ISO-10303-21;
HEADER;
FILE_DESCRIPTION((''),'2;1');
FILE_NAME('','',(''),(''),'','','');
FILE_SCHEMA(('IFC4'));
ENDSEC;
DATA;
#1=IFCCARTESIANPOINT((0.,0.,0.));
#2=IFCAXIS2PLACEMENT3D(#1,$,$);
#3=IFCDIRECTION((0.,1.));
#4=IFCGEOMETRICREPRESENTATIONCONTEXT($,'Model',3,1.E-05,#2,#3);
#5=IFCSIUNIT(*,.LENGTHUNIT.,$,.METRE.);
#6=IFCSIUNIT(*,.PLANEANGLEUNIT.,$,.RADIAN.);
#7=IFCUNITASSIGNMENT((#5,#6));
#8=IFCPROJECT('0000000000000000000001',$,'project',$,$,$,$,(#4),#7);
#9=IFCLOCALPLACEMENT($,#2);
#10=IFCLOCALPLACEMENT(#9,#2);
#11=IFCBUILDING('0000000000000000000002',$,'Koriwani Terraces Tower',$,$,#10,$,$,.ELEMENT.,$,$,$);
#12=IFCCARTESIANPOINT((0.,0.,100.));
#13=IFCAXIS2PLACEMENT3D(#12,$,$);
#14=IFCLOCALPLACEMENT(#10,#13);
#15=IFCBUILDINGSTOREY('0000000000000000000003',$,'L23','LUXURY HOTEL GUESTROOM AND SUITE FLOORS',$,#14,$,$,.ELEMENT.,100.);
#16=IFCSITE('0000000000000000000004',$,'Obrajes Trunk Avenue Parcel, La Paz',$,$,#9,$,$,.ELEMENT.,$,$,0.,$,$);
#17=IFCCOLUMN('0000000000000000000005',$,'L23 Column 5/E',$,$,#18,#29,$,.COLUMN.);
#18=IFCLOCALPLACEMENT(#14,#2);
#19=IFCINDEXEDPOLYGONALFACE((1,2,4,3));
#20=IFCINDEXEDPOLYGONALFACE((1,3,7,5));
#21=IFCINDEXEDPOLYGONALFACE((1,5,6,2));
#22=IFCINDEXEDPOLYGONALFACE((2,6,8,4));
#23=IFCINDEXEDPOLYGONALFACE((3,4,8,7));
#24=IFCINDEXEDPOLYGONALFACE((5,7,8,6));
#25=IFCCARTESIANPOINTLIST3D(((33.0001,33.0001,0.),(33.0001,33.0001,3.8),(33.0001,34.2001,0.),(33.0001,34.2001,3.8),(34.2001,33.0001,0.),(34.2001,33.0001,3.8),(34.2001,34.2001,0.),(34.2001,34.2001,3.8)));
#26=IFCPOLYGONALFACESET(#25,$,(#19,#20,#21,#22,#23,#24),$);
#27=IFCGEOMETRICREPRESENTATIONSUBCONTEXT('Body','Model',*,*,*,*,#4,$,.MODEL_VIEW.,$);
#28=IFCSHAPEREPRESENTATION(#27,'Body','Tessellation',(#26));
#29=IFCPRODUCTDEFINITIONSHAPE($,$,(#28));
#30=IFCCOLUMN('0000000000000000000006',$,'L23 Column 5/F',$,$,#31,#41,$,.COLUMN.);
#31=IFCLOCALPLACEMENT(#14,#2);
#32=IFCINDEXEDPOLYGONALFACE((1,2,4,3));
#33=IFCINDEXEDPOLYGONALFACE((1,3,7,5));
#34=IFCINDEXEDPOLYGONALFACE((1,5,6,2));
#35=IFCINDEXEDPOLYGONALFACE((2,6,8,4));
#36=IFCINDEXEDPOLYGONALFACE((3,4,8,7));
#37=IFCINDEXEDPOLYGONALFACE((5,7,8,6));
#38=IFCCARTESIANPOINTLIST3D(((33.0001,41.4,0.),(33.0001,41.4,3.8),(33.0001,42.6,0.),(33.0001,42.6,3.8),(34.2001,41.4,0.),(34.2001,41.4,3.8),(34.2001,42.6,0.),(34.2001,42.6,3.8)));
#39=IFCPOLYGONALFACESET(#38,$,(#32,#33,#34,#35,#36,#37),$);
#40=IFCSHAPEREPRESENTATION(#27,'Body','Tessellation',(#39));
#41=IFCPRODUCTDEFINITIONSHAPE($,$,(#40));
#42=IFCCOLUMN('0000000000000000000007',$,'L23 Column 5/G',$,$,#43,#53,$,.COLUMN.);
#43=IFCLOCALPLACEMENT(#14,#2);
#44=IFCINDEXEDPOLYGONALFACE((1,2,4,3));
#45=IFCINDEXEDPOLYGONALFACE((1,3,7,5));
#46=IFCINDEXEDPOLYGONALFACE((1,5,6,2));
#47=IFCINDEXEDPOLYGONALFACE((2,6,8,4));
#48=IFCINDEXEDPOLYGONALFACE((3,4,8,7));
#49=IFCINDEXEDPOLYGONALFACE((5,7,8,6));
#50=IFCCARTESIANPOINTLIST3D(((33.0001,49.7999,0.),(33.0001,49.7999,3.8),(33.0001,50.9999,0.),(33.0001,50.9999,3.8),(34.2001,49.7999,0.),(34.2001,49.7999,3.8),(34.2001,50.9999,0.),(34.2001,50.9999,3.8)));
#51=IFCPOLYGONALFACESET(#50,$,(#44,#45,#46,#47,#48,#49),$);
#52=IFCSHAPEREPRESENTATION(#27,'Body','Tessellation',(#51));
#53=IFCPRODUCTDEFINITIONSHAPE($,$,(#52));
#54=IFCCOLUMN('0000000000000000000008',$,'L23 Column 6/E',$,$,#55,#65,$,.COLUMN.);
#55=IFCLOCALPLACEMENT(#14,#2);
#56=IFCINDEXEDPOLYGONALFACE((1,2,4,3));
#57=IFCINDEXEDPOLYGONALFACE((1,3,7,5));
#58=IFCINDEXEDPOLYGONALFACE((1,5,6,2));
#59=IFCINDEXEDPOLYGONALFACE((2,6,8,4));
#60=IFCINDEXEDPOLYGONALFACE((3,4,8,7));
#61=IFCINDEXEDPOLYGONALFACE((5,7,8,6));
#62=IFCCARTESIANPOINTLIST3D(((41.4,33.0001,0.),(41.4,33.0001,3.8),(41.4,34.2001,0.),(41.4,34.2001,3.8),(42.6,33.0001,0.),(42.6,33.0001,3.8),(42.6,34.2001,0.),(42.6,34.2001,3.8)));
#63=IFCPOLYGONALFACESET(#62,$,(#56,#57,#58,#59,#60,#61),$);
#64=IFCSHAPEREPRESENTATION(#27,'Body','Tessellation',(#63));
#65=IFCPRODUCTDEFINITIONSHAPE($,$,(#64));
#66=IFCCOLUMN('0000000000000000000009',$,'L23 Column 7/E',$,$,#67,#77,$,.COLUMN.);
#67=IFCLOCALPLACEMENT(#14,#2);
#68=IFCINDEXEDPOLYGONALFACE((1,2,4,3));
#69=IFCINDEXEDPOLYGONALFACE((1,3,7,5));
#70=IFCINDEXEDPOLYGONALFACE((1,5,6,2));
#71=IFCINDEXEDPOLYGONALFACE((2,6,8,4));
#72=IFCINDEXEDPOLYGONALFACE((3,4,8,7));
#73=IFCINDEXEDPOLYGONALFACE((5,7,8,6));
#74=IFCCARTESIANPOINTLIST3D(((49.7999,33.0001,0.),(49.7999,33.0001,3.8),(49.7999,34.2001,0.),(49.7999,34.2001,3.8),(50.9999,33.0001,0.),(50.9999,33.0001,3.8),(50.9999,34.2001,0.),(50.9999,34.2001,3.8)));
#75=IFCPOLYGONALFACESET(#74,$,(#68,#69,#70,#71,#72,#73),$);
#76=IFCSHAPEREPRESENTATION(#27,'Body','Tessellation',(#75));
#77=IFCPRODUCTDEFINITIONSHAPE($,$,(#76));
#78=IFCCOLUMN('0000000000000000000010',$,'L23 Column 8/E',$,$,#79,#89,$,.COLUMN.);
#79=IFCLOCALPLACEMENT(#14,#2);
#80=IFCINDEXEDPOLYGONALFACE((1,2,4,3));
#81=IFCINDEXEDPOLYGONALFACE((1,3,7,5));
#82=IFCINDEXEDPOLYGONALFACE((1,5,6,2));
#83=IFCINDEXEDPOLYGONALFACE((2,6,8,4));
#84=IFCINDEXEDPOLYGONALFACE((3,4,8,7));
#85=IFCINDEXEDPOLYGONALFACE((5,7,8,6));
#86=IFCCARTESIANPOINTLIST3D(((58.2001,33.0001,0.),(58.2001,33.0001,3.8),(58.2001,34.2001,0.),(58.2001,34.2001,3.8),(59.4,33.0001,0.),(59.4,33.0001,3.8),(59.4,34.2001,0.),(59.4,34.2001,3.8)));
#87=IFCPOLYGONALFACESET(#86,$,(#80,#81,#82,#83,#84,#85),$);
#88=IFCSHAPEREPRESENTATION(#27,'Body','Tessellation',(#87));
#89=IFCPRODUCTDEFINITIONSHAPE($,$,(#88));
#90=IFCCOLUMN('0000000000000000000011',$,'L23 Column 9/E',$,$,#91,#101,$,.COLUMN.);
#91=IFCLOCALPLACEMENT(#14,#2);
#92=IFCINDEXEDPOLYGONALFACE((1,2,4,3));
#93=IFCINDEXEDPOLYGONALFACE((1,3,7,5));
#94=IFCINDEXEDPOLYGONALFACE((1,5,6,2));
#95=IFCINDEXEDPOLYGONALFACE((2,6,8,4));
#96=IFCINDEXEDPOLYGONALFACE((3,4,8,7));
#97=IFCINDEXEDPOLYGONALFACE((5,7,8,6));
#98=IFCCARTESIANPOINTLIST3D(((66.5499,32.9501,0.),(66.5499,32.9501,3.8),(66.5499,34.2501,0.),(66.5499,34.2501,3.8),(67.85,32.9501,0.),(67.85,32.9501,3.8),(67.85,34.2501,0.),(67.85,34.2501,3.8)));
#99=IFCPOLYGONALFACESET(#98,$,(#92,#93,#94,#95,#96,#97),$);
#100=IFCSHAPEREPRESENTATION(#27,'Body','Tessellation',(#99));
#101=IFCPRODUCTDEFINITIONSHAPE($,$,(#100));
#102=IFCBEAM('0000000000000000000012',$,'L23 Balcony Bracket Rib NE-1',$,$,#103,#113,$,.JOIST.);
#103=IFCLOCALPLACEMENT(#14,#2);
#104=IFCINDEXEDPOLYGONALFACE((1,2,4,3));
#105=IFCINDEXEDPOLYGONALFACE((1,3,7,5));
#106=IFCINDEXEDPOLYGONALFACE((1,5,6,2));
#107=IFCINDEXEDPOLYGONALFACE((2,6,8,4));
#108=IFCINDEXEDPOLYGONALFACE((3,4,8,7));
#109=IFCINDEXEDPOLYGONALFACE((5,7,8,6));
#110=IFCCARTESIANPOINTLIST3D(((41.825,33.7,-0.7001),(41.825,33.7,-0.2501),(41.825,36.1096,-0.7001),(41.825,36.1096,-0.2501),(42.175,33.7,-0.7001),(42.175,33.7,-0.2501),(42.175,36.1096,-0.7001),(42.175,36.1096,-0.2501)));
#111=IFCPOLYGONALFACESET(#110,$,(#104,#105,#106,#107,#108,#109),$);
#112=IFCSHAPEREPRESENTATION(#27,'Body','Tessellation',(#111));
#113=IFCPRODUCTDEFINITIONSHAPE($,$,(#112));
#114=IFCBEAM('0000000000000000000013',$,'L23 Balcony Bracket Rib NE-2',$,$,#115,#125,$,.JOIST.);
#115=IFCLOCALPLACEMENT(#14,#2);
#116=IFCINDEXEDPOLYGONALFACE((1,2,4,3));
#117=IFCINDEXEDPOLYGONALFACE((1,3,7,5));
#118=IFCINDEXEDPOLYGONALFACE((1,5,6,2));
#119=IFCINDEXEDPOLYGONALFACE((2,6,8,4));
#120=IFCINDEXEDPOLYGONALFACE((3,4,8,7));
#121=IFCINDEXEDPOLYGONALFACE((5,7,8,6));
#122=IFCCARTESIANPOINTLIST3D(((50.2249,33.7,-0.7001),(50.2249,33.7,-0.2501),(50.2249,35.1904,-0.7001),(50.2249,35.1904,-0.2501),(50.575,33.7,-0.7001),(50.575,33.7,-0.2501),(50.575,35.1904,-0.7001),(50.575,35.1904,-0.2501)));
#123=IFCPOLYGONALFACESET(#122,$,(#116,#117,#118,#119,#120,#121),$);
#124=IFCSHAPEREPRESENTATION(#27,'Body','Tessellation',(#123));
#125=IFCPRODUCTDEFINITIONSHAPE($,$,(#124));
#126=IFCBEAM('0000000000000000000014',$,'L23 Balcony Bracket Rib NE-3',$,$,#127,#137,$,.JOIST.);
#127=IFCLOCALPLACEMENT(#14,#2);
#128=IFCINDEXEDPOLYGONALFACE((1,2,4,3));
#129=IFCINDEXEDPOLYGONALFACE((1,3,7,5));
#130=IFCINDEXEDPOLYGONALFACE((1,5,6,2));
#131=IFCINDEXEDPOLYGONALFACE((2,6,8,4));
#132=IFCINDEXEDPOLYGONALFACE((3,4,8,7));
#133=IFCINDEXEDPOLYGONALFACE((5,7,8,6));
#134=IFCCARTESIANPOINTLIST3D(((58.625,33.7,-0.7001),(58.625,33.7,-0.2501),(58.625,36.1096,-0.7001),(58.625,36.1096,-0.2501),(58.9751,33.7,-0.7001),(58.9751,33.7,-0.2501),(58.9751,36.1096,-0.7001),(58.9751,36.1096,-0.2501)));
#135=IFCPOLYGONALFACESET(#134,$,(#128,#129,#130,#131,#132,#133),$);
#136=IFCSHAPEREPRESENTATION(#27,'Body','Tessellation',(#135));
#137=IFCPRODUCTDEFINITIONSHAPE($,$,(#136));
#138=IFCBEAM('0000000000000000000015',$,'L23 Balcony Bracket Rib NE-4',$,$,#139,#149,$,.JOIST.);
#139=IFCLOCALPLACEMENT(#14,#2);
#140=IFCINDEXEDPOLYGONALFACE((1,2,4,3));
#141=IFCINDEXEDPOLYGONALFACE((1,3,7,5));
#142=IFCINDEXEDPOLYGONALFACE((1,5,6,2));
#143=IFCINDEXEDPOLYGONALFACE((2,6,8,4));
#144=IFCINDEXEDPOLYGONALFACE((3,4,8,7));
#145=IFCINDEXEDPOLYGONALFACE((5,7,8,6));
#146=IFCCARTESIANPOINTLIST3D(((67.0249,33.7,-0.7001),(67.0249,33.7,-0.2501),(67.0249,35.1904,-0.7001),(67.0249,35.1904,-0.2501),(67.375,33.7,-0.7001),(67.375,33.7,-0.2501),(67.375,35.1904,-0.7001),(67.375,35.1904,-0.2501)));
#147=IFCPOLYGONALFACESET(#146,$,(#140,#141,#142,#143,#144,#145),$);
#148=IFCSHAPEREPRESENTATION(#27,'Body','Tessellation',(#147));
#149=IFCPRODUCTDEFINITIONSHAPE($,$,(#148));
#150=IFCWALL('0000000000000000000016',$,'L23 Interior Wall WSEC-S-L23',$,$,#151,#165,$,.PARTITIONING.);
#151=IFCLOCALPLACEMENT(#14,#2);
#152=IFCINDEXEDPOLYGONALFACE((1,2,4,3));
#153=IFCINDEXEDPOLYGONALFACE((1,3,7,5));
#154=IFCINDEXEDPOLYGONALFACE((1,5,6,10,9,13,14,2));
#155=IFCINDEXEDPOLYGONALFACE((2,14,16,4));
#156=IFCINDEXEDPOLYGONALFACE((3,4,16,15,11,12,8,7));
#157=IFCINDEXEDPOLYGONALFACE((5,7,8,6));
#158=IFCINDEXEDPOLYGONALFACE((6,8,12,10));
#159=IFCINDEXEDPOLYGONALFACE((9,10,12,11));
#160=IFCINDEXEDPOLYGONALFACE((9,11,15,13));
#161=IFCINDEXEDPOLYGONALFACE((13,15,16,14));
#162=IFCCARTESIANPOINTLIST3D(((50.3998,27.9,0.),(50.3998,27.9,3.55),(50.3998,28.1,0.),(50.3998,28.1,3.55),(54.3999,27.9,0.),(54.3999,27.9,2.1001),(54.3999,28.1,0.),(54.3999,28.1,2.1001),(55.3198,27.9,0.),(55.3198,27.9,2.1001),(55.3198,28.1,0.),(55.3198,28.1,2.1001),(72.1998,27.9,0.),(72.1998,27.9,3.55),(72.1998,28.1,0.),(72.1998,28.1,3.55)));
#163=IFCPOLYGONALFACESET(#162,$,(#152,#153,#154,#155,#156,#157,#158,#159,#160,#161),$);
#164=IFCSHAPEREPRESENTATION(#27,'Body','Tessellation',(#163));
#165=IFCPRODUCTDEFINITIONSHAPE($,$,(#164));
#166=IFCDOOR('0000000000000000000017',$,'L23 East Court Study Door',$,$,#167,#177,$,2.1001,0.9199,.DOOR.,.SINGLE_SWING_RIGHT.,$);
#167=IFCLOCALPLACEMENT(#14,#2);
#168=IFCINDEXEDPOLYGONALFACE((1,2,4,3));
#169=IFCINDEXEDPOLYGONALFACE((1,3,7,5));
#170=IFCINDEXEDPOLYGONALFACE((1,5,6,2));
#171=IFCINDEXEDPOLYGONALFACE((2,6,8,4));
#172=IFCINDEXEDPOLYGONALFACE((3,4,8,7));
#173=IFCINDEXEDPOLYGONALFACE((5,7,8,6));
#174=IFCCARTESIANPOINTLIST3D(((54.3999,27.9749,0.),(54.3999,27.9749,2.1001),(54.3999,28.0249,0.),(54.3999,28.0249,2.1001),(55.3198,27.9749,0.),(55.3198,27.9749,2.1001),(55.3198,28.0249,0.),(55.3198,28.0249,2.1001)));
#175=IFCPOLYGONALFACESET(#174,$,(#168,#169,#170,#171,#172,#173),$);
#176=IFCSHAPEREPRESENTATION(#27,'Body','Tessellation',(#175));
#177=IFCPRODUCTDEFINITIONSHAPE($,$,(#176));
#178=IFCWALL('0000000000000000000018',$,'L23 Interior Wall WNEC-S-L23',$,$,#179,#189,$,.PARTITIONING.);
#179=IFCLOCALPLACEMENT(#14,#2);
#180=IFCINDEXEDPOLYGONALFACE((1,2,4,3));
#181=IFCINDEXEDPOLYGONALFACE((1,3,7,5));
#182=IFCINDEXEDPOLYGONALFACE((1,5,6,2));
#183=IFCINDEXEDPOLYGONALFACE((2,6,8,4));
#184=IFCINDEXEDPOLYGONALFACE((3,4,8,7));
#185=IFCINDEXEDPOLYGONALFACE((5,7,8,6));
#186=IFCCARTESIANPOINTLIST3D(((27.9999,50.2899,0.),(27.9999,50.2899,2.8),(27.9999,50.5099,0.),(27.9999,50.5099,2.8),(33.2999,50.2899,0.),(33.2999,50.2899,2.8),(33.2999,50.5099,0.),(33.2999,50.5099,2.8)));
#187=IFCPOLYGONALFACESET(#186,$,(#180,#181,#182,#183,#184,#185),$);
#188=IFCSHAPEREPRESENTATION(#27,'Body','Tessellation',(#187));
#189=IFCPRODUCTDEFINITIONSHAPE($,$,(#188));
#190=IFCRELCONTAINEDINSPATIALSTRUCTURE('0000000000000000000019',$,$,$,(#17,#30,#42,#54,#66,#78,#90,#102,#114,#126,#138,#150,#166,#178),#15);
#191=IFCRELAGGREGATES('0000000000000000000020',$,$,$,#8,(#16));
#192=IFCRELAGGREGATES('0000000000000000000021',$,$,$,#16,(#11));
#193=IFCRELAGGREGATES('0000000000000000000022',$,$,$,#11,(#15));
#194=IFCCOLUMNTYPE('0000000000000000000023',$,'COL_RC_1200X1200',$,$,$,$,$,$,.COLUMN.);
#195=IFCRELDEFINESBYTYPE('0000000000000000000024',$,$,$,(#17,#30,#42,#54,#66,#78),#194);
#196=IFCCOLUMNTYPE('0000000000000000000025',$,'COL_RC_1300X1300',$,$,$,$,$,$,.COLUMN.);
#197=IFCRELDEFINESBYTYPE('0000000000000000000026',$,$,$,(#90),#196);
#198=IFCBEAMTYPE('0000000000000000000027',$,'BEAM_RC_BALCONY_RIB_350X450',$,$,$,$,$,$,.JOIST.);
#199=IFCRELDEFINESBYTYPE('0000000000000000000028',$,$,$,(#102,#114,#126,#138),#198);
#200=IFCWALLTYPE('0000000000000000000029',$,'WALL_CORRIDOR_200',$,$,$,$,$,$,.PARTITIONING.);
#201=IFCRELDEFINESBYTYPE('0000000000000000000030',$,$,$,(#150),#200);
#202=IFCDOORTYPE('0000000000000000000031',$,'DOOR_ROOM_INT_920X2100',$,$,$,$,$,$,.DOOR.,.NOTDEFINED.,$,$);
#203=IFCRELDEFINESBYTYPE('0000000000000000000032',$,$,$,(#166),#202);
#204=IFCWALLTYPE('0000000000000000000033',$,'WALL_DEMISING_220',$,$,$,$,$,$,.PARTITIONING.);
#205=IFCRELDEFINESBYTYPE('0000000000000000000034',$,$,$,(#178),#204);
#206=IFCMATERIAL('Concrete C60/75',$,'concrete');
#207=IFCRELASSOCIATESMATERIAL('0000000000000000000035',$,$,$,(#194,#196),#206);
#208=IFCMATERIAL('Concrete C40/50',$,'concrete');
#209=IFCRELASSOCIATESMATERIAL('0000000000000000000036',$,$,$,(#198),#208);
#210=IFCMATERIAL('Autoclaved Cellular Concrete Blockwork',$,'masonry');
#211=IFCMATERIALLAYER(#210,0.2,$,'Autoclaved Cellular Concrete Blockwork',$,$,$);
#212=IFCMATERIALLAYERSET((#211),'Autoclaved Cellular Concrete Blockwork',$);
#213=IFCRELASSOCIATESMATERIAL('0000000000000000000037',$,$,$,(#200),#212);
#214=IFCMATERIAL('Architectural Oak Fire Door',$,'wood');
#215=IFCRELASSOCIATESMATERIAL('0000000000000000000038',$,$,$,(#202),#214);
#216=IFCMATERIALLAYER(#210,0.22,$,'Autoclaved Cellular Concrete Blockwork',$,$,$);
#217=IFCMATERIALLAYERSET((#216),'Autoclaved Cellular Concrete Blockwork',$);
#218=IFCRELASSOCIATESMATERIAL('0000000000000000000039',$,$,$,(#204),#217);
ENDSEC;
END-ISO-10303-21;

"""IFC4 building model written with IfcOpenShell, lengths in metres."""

from ifc_helpers import new_model, si_unit, direction, frame, frame_2d, origin, origin_2d, place, context, subcontext, project, spatial, rectangle, extrude, material, layer, layer_set, material_profile, profile_set, type_object, element, fill, save


model = new_model("IFC4")

# Units and contexts
model_context = context("Model", 3, precision=1e-05, world=origin(), true_north=direction((0.0, 1.0)))
body_context = subcontext(model_context, "Body", "Model", "MODEL_VIEW")
ifc_project = project(units=[si_unit("LENGTHUNIT", "METRE"), si_unit("PLANEANGLEUNIT", "RADIAN")], contexts=[model_context])

# Site, building, storey
site_placement = place(None, origin())
site = spatial("IfcSite", under=ifc_project, at=site_placement, Name="Obrajes Trunk Avenue Parcel, La Paz", CompositionType="ELEMENT", RefElevation=0.0)
building_placement = place(site_placement, origin())
building = spatial("IfcBuilding", under=site, at=building_placement, Name="Koriwani Terraces Tower", CompositionType="ELEMENT")
storey_placement = place(building_placement, frame((0.0, 0.0, 100.0)))
storey = spatial("IfcBuildingStorey", under=building, at=storey_placement, Name="L23", Description="LUXURY HOTEL GUESTROOM AND SUITE FLOORS", CompositionType="ELEMENT", Elevation=100.0)

# Columns
ifc_material_1 = material(Name="Concrete C60/75", Category="concrete")
ifc_material_profile_1 = material_profile(ifc_material_1, rectangle(XDim=1.2, YDim=1.2, at=origin_2d()), Name="Concrete C60/75", Category="LoadBearing")
ifc_profile_set_1 = profile_set([ifc_material_profile_1], Name="Concrete C60/75")
column_type_1 = type_object("IfcColumnType", Name="COL_RC_1200X1200", PredefinedType="COLUMN", material=ifc_profile_set_1)
for number, where, z_axis, x_axis, name in (
    (1, (33.6001, 33.6001, 0.0), (0.0, 0.0, 1.0), (1.0, 0.0, 0.0), "L23 Column 5/E"),
    (2, (33.6001, 42.0, 0.0), (0.0, 0.0, 1.0), (1.0, 0.0, 0.0), "L23 Column 5/F"),
    (3, (33.6001, 50.3999, 0.0), (0.0, 0.0, 1.0), (1.0, 0.0, 0.0), "L23 Column 5/G"),
    (4, (42.0, 33.6001, 0.0), (0.0, 0.0, 1.0), (1.0, 0.0, 0.0), "L23 Column 6/E"),
    (5, (50.3999, 33.6001, 0.0), (0.0, 0.0, 1.0), (1.0, 0.0, 0.0), "L23 Column 7/E"),
    (6, (58.8, 33.6001, 0.0), (0.0, 0.0, 1.0), (1.0, 0.0, 0.0), "L23 Column 8/E"),
):
    element("IfcColumn", number, at=place(storey_placement, frame(where, z_axis=z_axis, x_axis=x_axis)), inside=storey, type_object=column_type_1, Name=name, PredefinedType="COLUMN", context=body_context, shape_type="SweptSolid", body=[
        extrude(rectangle(XDim=1.2, YDim=1.2, at=origin_2d()), origin(), (0.0, 0.0, 1.0), 3.8),
    ])
ifc_material_profile_2 = material_profile(ifc_material_1, rectangle(XDim=1.3, YDim=1.3, at=origin_2d()), Name="Concrete C60/75", Category="LoadBearing")
ifc_profile_set_2 = profile_set([ifc_material_profile_2], Name="Concrete C60/75")
column_type_2 = type_object("IfcColumnType", Name="COL_RC_1300X1300", PredefinedType="COLUMN", material=ifc_profile_set_2)
column_placement = place(storey_placement, frame((67.2, 33.6001, 0.0), z_axis=(0.0, 0.0, 1.0), x_axis=(1.0, 0.0, 0.0)))
element("IfcColumn", 7, at=column_placement, inside=storey, type_object=column_type_2, Name="L23 Column 9/E", PredefinedType="COLUMN", context=body_context, shape_type="SweptSolid", body=[
    extrude(rectangle(XDim=1.3, YDim=1.3, at=origin_2d()), origin(), (0.0, 0.0, 1.0), 3.8),
])

# Beams
ifc_material_2 = material(Name="Concrete C40/50", Category="concrete")
ifc_material_profile_3 = material_profile(ifc_material_2, rectangle(XDim=0.3501, YDim=0.45, at=origin_2d()), Name="Concrete C40/50", Category="LoadBearing")
ifc_profile_set_3 = profile_set([ifc_material_profile_3], Name="Concrete C40/50")
beam_type = type_object("IfcBeamType", Name="BEAM_RC_BALCONY_RIB_350X450", PredefinedType="JOIST", material=ifc_profile_set_3)
beam_1_placement = place(storey_placement, frame((42.0, 33.7, -0.4751), z_axis=(0.0, 1.0, 0.0), x_axis=(-1.0, 0.0, 0.0)))
element("IfcBeam", 8, at=beam_1_placement, inside=storey, type_object=beam_type, Name="L23 Balcony Bracket Rib NE-1", PredefinedType="JOIST", context=body_context, shape_type="SweptSolid", body=[
    extrude(rectangle(XDim=0.3501, YDim=0.45, at=origin_2d()), origin(), (0.0, 0.0, 1.0), 2.4097),
])
beam_2_placement = place(storey_placement, frame((50.3999, 33.7, -0.4751), z_axis=(0.0, 1.0, 0.0), x_axis=(-1.0, 0.0, 0.0)))
element("IfcBeam", 9, at=beam_2_placement, inside=storey, type_object=beam_type, Name="L23 Balcony Bracket Rib NE-2", PredefinedType="JOIST", context=body_context, shape_type="SweptSolid", body=[
    extrude(rectangle(XDim=0.3501, YDim=0.45, at=origin_2d()), origin(), (0.0, 0.0, 1.0), 1.4905),
])
beam_3_placement = place(storey_placement, frame((58.8, 33.7, -0.4751), z_axis=(0.0, 1.0, 0.0), x_axis=(-1.0, 0.0, 0.0)))
element("IfcBeam", 10, at=beam_3_placement, inside=storey, type_object=beam_type, Name="L23 Balcony Bracket Rib NE-3", PredefinedType="JOIST", context=body_context, shape_type="SweptSolid", body=[
    extrude(rectangle(XDim=0.3501, YDim=0.45, at=origin_2d()), origin(), (0.0, 0.0, 1.0), 2.4097),
])
beam_4_placement = place(storey_placement, frame((67.2, 33.7, -0.4751), z_axis=(0.0, 1.0, 0.0), x_axis=(-1.0, 0.0, 0.0)))
element("IfcBeam", 11, at=beam_4_placement, inside=storey, type_object=beam_type, Name="L23 Balcony Bracket Rib NE-4", PredefinedType="JOIST", context=body_context, shape_type="SweptSolid", body=[
    extrude(rectangle(XDim=0.3501, YDim=0.45, at=origin_2d()), origin(), (0.0, 0.0, 1.0), 1.4905),
])

# Wall, opening, door
ifc_material_3 = material(Name="Autoclaved Cellular Concrete Blockwork", Category="masonry")
ifc_layer_1 = layer(ifc_material_3, 0.2, Name="Autoclaved Cellular Concrete Blockwork")
ifc_layer_set_1 = layer_set([ifc_layer_1], Name="Autoclaved Cellular Concrete Blockwork")
wall_type_1 = type_object("IfcWallType", Name="WALL_CORRIDOR_200", PredefinedType="PARTITIONING", material=ifc_layer_set_1)
wall_1_placement = place(storey_placement, frame((50.3999, 28.0, 0.0), z_axis=(0.0, 0.0, 1.0), x_axis=(1.0, 0.0, 0.0)))
wall_1 = element("IfcWall", 12, at=wall_1_placement, inside=storey, type_object=wall_type_1, Name="L23 Interior Wall WSEC-S-L23", PredefinedType="PARTITIONING", context=body_context, shape_type="SweptSolid", body=[
    extrude(rectangle(XDim=21.8, YDim=0.2, at=frame_2d((10.8999, 0.0))), origin(), (0.0, 0.0, 1.0), 3.55),
])
opening_1_placement = place(wall_1_placement, frame((4.0, 0.0, 0.0)))
opening_1 = element("IfcOpeningElement", 13, at=opening_1_placement, cuts=wall_1, PredefinedType="OPENING", context=body_context, shape_type="SweptSolid", body=[
    extrude(rectangle(XDim=0.9199, YDim=2.1001, at=frame_2d((0.46, 1.05))), frame((0.0, 0.1099, 0.0), z_axis=(0.0, -1.0, 0.0), x_axis=(1.0, 0.0, 0.0)), (0.0, 0.0, 1.0), 0.22),
])
ifc_material_4 = material(Name="Architectural Oak Fire Door", Category="wood")
door_type_1 = type_object("IfcDoorType", Name="DOOR_ROOM_INT_920X2100", OperationType="NOTDEFINED", PredefinedType="DOOR", material=ifc_material_4)
door_1_placement = place(opening_1_placement, origin())
door_1 = element("IfcDoor", 14, at=door_1_placement, inside=storey, type_object=door_type_1, Name="L23 East Court Study Door", OperationType="SINGLE_SWING_RIGHT", OverallHeight=2.1001, OverallWidth=0.9199, PredefinedType="DOOR", context=body_context, shape_type="SweptSolid", body=[
    extrude(rectangle(XDim=0.9199, YDim=2.1001, at=frame_2d((0.46, 1.05))), frame((0.0, 0.0249, 0.0), z_axis=(0.0, -1.0, 0.0), x_axis=(1.0, 0.0, 0.0)), (0.0, 0.0, 1.0), 0.05),
])
fill(opening_1, door_1)

# Wall
ifc_layer_2 = layer(ifc_material_3, 0.22, Name="Autoclaved Cellular Concrete Blockwork")
ifc_layer_set_2 = layer_set([ifc_layer_2], Name="Autoclaved Cellular Concrete Blockwork")
wall_type_2 = type_object("IfcWallType", Name="WALL_DEMISING_220", PredefinedType="PARTITIONING", material=ifc_layer_set_2)
wall_2_placement = place(storey_placement, frame((28.0, 50.3999, 0.0), z_axis=(0.0, 0.0, 1.0), x_axis=(1.0, 0.0, 0.0)))
element("IfcWall", 15, at=wall_2_placement, inside=storey, type_object=wall_type_2, Name="L23 Interior Wall WNEC-S-L23", PredefinedType="PARTITIONING", context=body_context, shape_type="SweptSolid", body=[
    extrude(rectangle(XDim=5.3, YDim=0.22, at=frame_2d((2.6499, 0.0))), origin(), (0.0, 0.0, 1.0), 2.8),
])

save(model, "model.ifc")
